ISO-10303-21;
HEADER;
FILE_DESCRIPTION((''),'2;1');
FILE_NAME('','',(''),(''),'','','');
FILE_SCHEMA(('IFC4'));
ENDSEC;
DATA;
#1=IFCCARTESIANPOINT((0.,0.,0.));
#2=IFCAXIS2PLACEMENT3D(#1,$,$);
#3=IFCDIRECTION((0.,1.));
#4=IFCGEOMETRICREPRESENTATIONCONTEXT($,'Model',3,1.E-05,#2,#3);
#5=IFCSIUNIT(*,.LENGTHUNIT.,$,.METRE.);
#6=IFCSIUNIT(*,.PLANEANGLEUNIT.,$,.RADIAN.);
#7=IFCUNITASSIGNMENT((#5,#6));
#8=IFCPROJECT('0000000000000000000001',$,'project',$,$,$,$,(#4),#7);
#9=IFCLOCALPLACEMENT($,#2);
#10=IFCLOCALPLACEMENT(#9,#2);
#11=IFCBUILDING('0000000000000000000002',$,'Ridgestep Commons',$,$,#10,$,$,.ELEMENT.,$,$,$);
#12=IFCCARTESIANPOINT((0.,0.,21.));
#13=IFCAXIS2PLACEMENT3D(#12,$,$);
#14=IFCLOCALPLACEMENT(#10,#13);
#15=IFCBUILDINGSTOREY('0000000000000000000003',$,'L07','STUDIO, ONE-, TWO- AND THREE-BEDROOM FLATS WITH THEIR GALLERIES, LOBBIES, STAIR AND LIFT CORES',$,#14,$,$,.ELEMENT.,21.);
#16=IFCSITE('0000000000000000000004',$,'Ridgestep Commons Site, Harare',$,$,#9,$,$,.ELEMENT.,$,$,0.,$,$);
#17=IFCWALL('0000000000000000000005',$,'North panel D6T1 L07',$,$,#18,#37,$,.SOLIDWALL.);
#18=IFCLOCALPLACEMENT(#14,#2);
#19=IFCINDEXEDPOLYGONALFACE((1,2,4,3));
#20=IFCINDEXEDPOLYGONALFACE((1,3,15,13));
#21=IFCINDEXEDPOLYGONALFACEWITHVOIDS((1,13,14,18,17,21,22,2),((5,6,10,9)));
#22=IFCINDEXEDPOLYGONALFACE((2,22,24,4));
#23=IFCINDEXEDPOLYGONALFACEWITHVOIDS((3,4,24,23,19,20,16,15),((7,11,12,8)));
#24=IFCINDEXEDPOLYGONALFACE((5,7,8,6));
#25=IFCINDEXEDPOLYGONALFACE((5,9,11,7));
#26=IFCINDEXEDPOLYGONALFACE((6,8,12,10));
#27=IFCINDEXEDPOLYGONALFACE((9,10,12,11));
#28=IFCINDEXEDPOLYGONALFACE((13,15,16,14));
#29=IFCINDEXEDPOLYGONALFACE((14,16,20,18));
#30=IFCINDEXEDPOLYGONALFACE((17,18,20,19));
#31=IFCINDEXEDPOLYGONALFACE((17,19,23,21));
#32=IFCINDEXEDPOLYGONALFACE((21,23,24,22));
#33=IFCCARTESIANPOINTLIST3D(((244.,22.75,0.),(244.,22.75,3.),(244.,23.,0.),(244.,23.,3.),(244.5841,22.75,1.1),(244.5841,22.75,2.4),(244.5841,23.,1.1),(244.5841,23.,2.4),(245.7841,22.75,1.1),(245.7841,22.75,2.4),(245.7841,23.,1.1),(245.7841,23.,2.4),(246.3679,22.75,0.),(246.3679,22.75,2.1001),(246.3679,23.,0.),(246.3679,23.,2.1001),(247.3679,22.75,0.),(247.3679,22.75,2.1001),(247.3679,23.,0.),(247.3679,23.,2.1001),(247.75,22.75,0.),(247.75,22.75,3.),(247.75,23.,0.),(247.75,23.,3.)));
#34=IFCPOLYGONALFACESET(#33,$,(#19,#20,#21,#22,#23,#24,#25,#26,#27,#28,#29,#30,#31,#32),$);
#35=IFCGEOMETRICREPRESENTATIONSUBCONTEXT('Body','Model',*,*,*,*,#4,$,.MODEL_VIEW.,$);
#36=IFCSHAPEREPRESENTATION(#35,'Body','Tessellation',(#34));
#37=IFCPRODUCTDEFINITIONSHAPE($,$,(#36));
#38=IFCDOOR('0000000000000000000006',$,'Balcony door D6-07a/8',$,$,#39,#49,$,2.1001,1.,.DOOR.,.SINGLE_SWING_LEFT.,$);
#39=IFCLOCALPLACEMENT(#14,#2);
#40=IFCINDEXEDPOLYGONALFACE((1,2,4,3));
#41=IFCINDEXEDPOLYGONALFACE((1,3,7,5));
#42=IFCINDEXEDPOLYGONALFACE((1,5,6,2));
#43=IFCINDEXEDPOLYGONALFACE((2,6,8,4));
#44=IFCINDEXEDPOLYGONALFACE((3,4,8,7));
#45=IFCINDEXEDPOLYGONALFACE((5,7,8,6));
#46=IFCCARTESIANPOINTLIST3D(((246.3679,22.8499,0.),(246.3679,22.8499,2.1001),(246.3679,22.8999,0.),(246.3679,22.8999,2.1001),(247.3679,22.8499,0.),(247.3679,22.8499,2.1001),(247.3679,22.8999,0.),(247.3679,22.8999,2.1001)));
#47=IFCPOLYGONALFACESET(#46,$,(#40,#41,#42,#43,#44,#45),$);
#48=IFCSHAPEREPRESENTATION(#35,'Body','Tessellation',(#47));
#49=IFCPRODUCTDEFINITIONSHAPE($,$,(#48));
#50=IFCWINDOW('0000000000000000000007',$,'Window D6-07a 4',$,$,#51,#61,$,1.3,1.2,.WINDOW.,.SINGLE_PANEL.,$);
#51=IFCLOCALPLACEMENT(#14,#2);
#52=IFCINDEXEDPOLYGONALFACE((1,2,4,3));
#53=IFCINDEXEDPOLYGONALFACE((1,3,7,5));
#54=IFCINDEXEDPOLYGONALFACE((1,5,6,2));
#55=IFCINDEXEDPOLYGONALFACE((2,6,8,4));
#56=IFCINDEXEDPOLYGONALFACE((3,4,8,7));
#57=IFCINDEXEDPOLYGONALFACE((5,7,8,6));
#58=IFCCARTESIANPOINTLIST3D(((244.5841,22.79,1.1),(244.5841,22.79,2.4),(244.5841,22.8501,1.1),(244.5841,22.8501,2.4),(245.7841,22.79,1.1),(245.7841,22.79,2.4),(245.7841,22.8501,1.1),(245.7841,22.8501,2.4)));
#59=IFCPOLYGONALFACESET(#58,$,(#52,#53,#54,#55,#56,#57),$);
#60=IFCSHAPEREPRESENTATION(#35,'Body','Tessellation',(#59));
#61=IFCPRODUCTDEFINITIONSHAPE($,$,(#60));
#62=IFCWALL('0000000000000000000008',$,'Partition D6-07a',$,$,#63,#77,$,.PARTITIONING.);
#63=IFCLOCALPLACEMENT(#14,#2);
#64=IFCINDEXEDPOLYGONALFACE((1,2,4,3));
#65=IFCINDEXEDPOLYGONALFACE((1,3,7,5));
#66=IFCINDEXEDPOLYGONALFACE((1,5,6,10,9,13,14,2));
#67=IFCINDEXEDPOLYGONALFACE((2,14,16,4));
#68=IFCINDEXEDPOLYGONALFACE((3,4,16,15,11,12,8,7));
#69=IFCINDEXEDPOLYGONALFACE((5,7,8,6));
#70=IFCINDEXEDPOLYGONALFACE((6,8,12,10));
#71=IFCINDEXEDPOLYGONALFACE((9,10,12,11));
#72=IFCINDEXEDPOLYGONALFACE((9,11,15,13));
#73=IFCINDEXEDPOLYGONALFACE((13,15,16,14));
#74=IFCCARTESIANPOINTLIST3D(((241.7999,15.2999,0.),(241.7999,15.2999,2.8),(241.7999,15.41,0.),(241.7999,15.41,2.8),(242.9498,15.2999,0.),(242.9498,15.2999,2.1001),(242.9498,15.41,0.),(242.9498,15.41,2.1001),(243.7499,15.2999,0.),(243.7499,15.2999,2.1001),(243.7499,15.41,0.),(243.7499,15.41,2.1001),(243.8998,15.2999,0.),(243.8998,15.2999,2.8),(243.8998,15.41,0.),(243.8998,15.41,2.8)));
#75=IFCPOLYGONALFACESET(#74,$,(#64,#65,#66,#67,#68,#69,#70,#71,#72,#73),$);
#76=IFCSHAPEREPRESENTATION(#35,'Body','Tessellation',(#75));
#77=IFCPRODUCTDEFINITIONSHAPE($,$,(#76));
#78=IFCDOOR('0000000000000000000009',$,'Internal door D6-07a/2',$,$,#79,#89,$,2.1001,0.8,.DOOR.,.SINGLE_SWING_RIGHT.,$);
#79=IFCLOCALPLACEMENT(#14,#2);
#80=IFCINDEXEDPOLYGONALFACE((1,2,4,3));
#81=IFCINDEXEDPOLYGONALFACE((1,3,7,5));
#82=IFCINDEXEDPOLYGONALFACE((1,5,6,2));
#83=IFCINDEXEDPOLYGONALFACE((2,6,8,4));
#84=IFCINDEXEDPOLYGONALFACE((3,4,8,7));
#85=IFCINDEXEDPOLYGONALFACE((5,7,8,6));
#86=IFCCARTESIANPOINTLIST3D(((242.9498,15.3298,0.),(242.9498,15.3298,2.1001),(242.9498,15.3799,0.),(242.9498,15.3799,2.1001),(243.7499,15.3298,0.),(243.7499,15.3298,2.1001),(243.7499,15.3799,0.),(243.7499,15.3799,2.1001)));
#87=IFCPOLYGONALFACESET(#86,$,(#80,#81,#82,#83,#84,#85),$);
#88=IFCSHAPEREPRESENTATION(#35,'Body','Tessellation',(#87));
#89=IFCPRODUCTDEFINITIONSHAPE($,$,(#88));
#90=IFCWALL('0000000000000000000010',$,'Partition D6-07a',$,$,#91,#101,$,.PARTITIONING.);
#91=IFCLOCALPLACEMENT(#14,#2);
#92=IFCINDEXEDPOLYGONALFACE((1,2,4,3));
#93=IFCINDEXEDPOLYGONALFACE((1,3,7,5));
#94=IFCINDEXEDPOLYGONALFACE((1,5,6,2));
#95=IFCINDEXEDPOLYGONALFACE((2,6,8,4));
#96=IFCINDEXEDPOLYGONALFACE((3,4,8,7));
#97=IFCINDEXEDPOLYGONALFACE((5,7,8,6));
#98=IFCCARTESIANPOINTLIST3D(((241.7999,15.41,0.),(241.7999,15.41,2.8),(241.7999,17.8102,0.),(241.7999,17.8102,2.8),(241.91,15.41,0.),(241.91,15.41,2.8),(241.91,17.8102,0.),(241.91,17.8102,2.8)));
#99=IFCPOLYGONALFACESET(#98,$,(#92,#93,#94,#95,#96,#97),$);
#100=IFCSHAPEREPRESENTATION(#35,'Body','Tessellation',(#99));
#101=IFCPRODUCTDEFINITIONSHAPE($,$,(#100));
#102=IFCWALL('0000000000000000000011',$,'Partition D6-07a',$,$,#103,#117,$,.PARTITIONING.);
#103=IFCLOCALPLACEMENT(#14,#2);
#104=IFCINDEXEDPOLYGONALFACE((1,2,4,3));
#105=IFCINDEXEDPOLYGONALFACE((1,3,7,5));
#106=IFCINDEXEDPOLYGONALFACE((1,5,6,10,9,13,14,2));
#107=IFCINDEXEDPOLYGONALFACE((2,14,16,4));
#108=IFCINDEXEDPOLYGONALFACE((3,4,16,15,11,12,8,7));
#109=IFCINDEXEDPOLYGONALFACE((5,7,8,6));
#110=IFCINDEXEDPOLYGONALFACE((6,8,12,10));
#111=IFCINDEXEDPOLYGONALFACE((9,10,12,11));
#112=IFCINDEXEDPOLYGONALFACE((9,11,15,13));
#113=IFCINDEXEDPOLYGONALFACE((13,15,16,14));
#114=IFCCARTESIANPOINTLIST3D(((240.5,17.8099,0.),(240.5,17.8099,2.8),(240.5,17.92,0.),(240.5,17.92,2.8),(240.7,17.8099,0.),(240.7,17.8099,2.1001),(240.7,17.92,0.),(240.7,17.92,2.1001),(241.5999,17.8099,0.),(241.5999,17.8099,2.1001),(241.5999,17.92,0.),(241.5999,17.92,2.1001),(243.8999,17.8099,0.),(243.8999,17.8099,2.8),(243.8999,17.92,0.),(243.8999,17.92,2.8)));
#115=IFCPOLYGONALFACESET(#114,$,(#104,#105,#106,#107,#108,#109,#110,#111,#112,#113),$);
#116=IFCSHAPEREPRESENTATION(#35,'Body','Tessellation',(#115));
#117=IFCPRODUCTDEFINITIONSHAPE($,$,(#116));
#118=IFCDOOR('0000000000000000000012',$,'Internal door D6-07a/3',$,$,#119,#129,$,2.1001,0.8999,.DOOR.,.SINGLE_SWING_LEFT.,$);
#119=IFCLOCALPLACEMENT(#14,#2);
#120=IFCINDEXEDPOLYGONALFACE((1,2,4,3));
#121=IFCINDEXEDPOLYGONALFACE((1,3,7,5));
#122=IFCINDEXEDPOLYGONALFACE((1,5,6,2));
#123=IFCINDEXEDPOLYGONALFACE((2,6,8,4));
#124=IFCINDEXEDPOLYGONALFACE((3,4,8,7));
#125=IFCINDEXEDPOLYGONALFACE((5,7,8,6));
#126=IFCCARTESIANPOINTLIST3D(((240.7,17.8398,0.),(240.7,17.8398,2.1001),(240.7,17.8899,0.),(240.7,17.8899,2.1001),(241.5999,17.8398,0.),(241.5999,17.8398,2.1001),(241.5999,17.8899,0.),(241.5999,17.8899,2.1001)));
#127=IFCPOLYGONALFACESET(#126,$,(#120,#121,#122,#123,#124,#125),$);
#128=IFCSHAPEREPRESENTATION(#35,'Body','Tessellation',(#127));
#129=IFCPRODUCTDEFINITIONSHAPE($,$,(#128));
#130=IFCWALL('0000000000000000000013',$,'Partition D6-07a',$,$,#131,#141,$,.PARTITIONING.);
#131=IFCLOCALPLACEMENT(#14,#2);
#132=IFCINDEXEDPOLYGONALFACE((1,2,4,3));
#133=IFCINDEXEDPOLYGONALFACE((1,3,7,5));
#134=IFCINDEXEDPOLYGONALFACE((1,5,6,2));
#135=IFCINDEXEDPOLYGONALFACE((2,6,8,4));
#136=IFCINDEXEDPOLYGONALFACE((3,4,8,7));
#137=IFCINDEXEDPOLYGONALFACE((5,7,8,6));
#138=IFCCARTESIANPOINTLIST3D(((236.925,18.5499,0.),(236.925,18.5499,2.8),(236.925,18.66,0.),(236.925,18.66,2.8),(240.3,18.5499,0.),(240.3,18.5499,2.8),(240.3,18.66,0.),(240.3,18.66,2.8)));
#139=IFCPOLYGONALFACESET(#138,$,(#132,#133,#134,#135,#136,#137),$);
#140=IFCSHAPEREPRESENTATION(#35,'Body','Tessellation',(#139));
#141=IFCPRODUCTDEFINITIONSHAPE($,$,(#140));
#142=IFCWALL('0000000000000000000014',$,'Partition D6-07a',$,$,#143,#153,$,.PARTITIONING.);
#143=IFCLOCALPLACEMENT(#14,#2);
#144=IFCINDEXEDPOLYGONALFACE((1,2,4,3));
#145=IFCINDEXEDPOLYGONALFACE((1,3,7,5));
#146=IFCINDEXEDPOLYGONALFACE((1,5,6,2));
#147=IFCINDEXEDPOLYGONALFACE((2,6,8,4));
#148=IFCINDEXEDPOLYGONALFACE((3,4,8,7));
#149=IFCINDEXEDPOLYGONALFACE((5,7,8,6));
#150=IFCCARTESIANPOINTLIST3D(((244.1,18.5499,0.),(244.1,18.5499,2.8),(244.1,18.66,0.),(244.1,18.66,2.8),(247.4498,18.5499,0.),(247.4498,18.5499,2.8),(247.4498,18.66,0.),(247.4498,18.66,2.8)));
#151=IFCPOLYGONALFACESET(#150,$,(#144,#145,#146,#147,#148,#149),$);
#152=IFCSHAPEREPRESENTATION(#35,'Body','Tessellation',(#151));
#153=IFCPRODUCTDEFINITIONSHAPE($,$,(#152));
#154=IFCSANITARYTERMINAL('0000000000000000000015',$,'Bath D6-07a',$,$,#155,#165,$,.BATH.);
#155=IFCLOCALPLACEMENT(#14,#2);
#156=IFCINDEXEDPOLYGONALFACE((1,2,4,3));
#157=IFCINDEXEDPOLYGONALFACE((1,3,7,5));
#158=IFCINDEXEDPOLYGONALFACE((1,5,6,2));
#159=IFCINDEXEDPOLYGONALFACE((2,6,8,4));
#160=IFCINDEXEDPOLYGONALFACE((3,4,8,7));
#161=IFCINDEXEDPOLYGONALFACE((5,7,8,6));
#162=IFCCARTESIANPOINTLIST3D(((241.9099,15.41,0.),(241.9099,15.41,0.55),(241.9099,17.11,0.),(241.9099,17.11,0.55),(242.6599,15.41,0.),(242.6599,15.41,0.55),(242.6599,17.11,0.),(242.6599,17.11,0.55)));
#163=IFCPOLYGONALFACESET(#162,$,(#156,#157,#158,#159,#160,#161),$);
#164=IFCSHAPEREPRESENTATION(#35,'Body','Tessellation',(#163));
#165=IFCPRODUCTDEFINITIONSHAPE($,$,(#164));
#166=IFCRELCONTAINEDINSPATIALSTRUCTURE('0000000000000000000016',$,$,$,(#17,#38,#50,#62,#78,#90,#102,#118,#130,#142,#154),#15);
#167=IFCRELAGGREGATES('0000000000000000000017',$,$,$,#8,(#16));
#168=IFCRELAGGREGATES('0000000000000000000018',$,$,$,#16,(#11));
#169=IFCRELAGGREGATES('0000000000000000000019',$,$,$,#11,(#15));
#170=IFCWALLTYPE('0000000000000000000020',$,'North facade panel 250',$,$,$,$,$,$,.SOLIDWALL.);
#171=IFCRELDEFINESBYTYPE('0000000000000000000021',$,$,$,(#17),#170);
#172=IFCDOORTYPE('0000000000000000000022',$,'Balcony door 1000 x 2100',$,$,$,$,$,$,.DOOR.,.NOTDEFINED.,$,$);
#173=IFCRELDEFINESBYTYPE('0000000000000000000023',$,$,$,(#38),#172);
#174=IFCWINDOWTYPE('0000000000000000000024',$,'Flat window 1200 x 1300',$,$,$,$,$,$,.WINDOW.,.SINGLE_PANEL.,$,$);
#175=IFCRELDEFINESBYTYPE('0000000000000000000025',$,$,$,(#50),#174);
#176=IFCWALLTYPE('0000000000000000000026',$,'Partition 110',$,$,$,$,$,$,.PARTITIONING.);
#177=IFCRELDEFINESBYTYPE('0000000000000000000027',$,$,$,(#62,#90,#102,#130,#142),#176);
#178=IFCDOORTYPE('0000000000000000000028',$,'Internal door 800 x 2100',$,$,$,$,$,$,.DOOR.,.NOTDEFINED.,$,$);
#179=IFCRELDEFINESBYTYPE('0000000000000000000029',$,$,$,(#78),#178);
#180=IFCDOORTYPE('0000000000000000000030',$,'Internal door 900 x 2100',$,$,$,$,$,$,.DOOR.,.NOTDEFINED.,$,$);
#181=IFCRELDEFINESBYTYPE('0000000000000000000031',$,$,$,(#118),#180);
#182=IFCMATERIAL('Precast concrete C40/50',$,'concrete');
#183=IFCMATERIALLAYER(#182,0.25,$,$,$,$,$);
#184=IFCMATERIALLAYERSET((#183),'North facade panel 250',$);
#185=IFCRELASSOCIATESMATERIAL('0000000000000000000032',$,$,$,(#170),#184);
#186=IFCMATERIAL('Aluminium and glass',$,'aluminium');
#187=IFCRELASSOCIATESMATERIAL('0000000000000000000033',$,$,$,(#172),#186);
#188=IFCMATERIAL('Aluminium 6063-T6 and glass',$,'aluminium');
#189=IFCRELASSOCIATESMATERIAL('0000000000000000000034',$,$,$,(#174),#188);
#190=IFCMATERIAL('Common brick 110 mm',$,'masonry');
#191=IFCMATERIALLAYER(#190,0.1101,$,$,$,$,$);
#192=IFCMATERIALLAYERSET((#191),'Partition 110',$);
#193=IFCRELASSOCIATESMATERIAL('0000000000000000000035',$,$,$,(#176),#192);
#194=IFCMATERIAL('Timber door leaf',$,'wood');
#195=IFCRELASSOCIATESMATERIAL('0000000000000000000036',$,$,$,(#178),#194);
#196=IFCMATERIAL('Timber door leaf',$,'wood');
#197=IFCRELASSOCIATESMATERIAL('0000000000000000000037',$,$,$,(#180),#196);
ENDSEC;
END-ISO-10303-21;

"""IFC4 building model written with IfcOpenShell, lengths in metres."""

from ifc_helpers import new_model, si_unit, direction, frame, frame_2d, origin, origin_2d, place, context, subcontext, project, spatial, rectangle, extrude, material, layer, layer_set, type_object, element, fill, save


model = new_model("IFC4")

# Units and contexts
model_context = context("Model", 3, precision=1e-05, world=origin(), true_north=direction((0.0, 1.0)))
body_context = subcontext(model_context, "Body", "Model", "MODEL_VIEW")
ifc_project = project(units=[si_unit("LENGTHUNIT", "METRE"), si_unit("PLANEANGLEUNIT", "RADIAN")], contexts=[model_context])

# Site, building, storey
site_placement = place(None, origin())
site = spatial("IfcSite", under=ifc_project, at=site_placement, Name="Ridgestep Commons Site, Harare", CompositionType="ELEMENT", RefElevation=0.0)
building_placement = place(site_placement, origin())
building = spatial("IfcBuilding", under=site, at=building_placement, Name="Ridgestep Commons", CompositionType="ELEMENT")
storey_placement = place(building_placement, frame((0.0, 0.0, 21.0)))
storey = spatial("IfcBuildingStorey", under=building, at=storey_placement, Name="L07", Description="STUDIO, ONE-, TWO- AND THREE-BEDROOM FLATS WITH THEIR GALLERIES, LOBBIES, STAIR AND LIFT CORES", CompositionType="ELEMENT", Elevation=21.0)

# Shared definitions
ifc_material_1 = material(Name="Precast concrete C40/50", Category="concrete")
ifc_layer_1 = layer(ifc_material_1, 0.25)
ifc_layer_set_1 = layer_set([ifc_layer_1], Name="North facade panel 250")
wall_type_1 = type_object("IfcWallType", Name="North facade panel 250", PredefinedType="SOLIDWALL", material=ifc_layer_set_1)

# Wall, openings, door, window
wall_1_placement = place(storey_placement, frame((244.0, 22.875, 0.0), z_axis=(0.0, 0.0, 1.0), x_axis=(1.0, 0.0, 0.0)))
wall_1 = element("IfcWall", 1, at=wall_1_placement, inside=storey, type_object=wall_type_1, Name="North panel D6T1 L07", PredefinedType="SOLIDWALL", context=body_context, shape_type="SweptSolid", body=[
    extrude(rectangle(XDim=3.75, YDim=0.25, at=frame_2d((1.875, 0.0))), origin(), (0.0, 0.0, 1.0), 3.0),
])
opening_1_placement = place(wall_1_placement, frame((0.584, 0.0, 1.1001)))
opening_1 = element("IfcOpeningElement", 2, at=opening_1_placement, cuts=wall_1, PredefinedType="OPENING", context=body_context, shape_type="SweptSolid", body=[
    extrude(rectangle(XDim=1.2, YDim=1.3, at=frame_2d((0.6001, 0.6499))), frame((0.0, 0.135, 0.0), z_axis=(0.0, -1.0, 0.0), x_axis=(1.0, 0.0, 0.0)), (0.0, 0.0, 1.0), 0.27),
])
opening_2_placement = place(wall_1_placement, frame((2.3679, 0.0, 0.0)))
opening_2 = element("IfcOpeningElement", 3, at=opening_2_placement, cuts=wall_1, PredefinedType="OPENING", context=body_context, shape_type="SweptSolid", body=[
    extrude(rectangle(XDim=1.0, YDim=2.1001, at=frame_2d((0.5, 1.05))), frame((0.0, 0.135, 0.0), z_axis=(0.0, -1.0, 0.0), x_axis=(1.0, 0.0, 0.0)), (0.0, 0.0, 1.0), 0.27),
])
ifc_material_2 = material(Name="Aluminium and glass", Category="aluminium")
door_type_1 = type_object("IfcDoorType", Name="Balcony door 1000 x 2100", OperationType="NOTDEFINED", PredefinedType="DOOR", material=ifc_material_2)
door_1_placement = place(opening_2_placement, origin())
door_1 = element("IfcDoor", 4, at=door_1_placement, inside=storey, type_object=door_type_1, Name="Balcony door D6-07a/8", OperationType="SINGLE_SWING_LEFT", OverallHeight=2.1001, OverallWidth=1.0, PredefinedType="DOOR", context=body_context, shape_type="SweptSolid", body=[
    extrude(rectangle(XDim=1.0, YDim=2.1001, at=frame_2d((0.5, 1.05))), frame((0.0, 0.0249, 0.0), z_axis=(0.0, -1.0, 0.0), x_axis=(1.0, 0.0, 0.0)), (0.0, 0.0, 1.0), 0.05),
])
fill(opening_2, door_1)
ifc_material_3 = material(Name="Aluminium 6063-T6 and glass", Category="aluminium")
window_type_1 = type_object("IfcWindowType", Name="Flat window 1200 x 1300", PartitioningType="SINGLE_PANEL", PredefinedType="WINDOW", material=ifc_material_3)
window_1_placement = place(opening_1_placement, origin())
window_1 = element("IfcWindow", 5, at=window_1_placement, inside=storey, type_object=window_type_1, Name="Window D6-07a 4", OverallHeight=1.3, OverallWidth=1.2, PartitioningType="SINGLE_PANEL", PredefinedType="WINDOW", context=body_context, shape_type="SweptSolid", body=[
    extrude(rectangle(XDim=1.2, YDim=1.3, at=frame_2d((0.6001, 0.6499))), frame((0.0, -0.0249, 0.0), z_axis=(0.0, -1.0, 0.0), x_axis=(1.0, 0.0, 0.0)), (0.0, 0.0, 1.0), 0.0601),
])
fill(opening_1, window_1)

# Wall, opening, door
ifc_material_4 = material(Name="Common brick 110 mm", Category="masonry")
ifc_layer_2 = layer(ifc_material_4, 0.1101)
ifc_layer_set_2 = layer_set([ifc_layer_2], Name="Partition 110")
wall_type_2 = type_object("IfcWallType", Name="Partition 110", PredefinedType="PARTITIONING", material=ifc_layer_set_2)
wall_2_placement = place(storey_placement, frame((241.8, 15.355, 0.0), z_axis=(0.0, 0.0, 1.0), x_axis=(1.0, 0.0, 0.0)))
wall_2 = element("IfcWall", 6, at=wall_2_placement, inside=storey, type_object=wall_type_2, Name="Partition D6-07a", PredefinedType="PARTITIONING", context=body_context, shape_type="SweptSolid", body=[
    extrude(rectangle(XDim=2.0999, YDim=0.1101, at=frame_2d((1.0498, 0.0))), origin(), (0.0, 0.0, 1.0), 2.8),
])
opening_3_placement = place(wall_2_placement, frame((1.1499, 0.0, 0.0)))
opening_3 = element("IfcOpeningElement", 7, at=opening_3_placement, cuts=wall_2, PredefinedType="OPENING", context=body_context, shape_type="SweptSolid", body=[
    extrude(rectangle(XDim=0.8, YDim=2.1001, at=frame_2d((0.3999, 1.05))), frame((0.0, 0.0649, 0.0), z_axis=(0.0, -1.0, 0.0), x_axis=(1.0, 0.0, 0.0)), (0.0, 0.0, 1.0), 0.1301),
])
ifc_material_5 = material(Name="Timber door leaf", Category="wood")
door_type_2 = type_object("IfcDoorType", Name="Internal door 800 x 2100", OperationType="NOTDEFINED", PredefinedType="DOOR", material=ifc_material_5)
door_2_placement = place(opening_3_placement, origin())
door_2 = element("IfcDoor", 8, at=door_2_placement, inside=storey, type_object=door_type_2, Name="Internal door D6-07a/2", OperationType="SINGLE_SWING_RIGHT", OverallHeight=2.1001, OverallWidth=0.8, PredefinedType="DOOR", context=body_context, shape_type="SweptSolid", body=[
    extrude(rectangle(XDim=0.8, YDim=2.1001, at=frame_2d((0.3999, 1.05))), frame((0.0, 0.0249, 0.0), z_axis=(0.0, -1.0, 0.0), x_axis=(1.0, 0.0, 0.0)), (0.0, 0.0, 1.0), 0.05),
])
fill(opening_3, door_2)

# Wall
wall_3_placement = place(storey_placement, frame((241.855, 15.4099, 0.0), z_axis=(0.0, 0.0, 1.0), x_axis=(0.0, 1.0, 0.0)))
element("IfcWall", 9, at=wall_3_placement, inside=storey, type_object=wall_type_2, Name="Partition D6-07a", PredefinedType="PARTITIONING", context=body_context, shape_type="SweptSolid", body=[
    extrude(rectangle(XDim=2.4001, YDim=0.1101, at=frame_2d((1.2002, 0.0))), origin(), (0.0, 0.0, 1.0), 2.8),
])

# Wall, opening, door
wall_4_placement = place(storey_placement, frame((240.5, 17.865, 0.0), z_axis=(0.0, 0.0, 1.0), x_axis=(1.0, 0.0, 0.0)))
wall_4 = element("IfcWall", 10, at=wall_4_placement, inside=storey, type_object=wall_type_2, Name="Partition D6-07a", PredefinedType="PARTITIONING", context=body_context, shape_type="SweptSolid", body=[
    extrude(rectangle(XDim=3.3999, YDim=0.1101, at=frame_2d((1.7, 0.0))), origin(), (0.0, 0.0, 1.0), 2.8),
])
opening_4_placement = place(wall_4_placement, frame((0.2, 0.0, 0.0)))
opening_4 = element("IfcOpeningElement", 11, at=opening_4_placement, cuts=wall_4, PredefinedType="OPENING", context=body_context, shape_type="SweptSolid", body=[
    extrude(rectangle(XDim=0.8999, YDim=2.1001, at=frame_2d((0.45, 1.05))), frame((0.0, 0.0649, 0.0), z_axis=(0.0, -1.0, 0.0), x_axis=(1.0, 0.0, 0.0)), (0.0, 0.0, 1.0), 0.1301),
])
ifc_material_6 = material(Name="Timber door leaf", Category="wood")
door_type_3 = type_object("IfcDoorType", Name="Internal door 900 x 2100", OperationType="NOTDEFINED", PredefinedType="DOOR", material=ifc_material_6)
door_3_placement = place(opening_4_placement, origin())
door_3 = element("IfcDoor", 12, at=door_3_placement, inside=storey, type_object=door_type_3, Name="Internal door D6-07a/3", OperationType="SINGLE_SWING_LEFT", OverallHeight=2.1001, OverallWidth=0.8999, PredefinedType="DOOR", context=body_context, shape_type="SweptSolid", body=[
    extrude(rectangle(XDim=0.8999, YDim=2.1001, at=frame_2d((0.45, 1.05))), frame((0.0, 0.0249, 0.0), z_axis=(0.0, -1.0, 0.0), x_axis=(1.0, 0.0, 0.0)), (0.0, 0.0, 1.0), 0.05),
])
fill(opening_4, door_3)

# Walls
wall_5_placement = place(storey_placement, frame((236.925, 18.605, 0.0), z_axis=(0.0, 0.0, 1.0), x_axis=(1.0, 0.0, 0.0)))
element("IfcWall", 13, at=wall_5_placement, inside=storey, type_object=wall_type_2, Name="Partition D6-07a", PredefinedType="PARTITIONING", context=body_context, shape_type="SweptSolid", body=[
    extrude(rectangle(XDim=3.375, YDim=0.1101, at=frame_2d((1.6875, 0.0))), origin(), (0.0, 0.0, 1.0), 2.8),
])
wall_6_placement = place(storey_placement, frame((244.1001, 18.605, 0.0), z_axis=(0.0, 0.0, 1.0), x_axis=(1.0, 0.0, 0.0)))
element("IfcWall", 14, at=wall_6_placement, inside=storey, type_object=wall_type_2, Name="Partition D6-07a", PredefinedType="PARTITIONING", context=body_context, shape_type="SweptSolid", body=[
    extrude(rectangle(XDim=3.3499, YDim=0.1101, at=frame_2d((1.6748, 0.0))), origin(), (0.0, 0.0, 1.0), 2.8),
])

# Sanitary terminal
sanitary_terminal_1_placement = place(storey_placement, frame((242.2849, 16.26, 0.0), z_axis=(0.0, 0.0, 1.0), x_axis=(1.0, 0.0, 0.0)))
element("IfcSanitaryTerminal", 15, at=sanitary_terminal_1_placement, inside=storey, Name="Bath D6-07a", PredefinedType="BATH", context=body_context, shape_type="SweptSolid", body=[
    extrude(rectangle(XDim=0.75, YDim=1.7, at=origin_2d()), origin(), (0.0, 0.0, 1.0), 0.55),
])

save(model, "model.ifc")
